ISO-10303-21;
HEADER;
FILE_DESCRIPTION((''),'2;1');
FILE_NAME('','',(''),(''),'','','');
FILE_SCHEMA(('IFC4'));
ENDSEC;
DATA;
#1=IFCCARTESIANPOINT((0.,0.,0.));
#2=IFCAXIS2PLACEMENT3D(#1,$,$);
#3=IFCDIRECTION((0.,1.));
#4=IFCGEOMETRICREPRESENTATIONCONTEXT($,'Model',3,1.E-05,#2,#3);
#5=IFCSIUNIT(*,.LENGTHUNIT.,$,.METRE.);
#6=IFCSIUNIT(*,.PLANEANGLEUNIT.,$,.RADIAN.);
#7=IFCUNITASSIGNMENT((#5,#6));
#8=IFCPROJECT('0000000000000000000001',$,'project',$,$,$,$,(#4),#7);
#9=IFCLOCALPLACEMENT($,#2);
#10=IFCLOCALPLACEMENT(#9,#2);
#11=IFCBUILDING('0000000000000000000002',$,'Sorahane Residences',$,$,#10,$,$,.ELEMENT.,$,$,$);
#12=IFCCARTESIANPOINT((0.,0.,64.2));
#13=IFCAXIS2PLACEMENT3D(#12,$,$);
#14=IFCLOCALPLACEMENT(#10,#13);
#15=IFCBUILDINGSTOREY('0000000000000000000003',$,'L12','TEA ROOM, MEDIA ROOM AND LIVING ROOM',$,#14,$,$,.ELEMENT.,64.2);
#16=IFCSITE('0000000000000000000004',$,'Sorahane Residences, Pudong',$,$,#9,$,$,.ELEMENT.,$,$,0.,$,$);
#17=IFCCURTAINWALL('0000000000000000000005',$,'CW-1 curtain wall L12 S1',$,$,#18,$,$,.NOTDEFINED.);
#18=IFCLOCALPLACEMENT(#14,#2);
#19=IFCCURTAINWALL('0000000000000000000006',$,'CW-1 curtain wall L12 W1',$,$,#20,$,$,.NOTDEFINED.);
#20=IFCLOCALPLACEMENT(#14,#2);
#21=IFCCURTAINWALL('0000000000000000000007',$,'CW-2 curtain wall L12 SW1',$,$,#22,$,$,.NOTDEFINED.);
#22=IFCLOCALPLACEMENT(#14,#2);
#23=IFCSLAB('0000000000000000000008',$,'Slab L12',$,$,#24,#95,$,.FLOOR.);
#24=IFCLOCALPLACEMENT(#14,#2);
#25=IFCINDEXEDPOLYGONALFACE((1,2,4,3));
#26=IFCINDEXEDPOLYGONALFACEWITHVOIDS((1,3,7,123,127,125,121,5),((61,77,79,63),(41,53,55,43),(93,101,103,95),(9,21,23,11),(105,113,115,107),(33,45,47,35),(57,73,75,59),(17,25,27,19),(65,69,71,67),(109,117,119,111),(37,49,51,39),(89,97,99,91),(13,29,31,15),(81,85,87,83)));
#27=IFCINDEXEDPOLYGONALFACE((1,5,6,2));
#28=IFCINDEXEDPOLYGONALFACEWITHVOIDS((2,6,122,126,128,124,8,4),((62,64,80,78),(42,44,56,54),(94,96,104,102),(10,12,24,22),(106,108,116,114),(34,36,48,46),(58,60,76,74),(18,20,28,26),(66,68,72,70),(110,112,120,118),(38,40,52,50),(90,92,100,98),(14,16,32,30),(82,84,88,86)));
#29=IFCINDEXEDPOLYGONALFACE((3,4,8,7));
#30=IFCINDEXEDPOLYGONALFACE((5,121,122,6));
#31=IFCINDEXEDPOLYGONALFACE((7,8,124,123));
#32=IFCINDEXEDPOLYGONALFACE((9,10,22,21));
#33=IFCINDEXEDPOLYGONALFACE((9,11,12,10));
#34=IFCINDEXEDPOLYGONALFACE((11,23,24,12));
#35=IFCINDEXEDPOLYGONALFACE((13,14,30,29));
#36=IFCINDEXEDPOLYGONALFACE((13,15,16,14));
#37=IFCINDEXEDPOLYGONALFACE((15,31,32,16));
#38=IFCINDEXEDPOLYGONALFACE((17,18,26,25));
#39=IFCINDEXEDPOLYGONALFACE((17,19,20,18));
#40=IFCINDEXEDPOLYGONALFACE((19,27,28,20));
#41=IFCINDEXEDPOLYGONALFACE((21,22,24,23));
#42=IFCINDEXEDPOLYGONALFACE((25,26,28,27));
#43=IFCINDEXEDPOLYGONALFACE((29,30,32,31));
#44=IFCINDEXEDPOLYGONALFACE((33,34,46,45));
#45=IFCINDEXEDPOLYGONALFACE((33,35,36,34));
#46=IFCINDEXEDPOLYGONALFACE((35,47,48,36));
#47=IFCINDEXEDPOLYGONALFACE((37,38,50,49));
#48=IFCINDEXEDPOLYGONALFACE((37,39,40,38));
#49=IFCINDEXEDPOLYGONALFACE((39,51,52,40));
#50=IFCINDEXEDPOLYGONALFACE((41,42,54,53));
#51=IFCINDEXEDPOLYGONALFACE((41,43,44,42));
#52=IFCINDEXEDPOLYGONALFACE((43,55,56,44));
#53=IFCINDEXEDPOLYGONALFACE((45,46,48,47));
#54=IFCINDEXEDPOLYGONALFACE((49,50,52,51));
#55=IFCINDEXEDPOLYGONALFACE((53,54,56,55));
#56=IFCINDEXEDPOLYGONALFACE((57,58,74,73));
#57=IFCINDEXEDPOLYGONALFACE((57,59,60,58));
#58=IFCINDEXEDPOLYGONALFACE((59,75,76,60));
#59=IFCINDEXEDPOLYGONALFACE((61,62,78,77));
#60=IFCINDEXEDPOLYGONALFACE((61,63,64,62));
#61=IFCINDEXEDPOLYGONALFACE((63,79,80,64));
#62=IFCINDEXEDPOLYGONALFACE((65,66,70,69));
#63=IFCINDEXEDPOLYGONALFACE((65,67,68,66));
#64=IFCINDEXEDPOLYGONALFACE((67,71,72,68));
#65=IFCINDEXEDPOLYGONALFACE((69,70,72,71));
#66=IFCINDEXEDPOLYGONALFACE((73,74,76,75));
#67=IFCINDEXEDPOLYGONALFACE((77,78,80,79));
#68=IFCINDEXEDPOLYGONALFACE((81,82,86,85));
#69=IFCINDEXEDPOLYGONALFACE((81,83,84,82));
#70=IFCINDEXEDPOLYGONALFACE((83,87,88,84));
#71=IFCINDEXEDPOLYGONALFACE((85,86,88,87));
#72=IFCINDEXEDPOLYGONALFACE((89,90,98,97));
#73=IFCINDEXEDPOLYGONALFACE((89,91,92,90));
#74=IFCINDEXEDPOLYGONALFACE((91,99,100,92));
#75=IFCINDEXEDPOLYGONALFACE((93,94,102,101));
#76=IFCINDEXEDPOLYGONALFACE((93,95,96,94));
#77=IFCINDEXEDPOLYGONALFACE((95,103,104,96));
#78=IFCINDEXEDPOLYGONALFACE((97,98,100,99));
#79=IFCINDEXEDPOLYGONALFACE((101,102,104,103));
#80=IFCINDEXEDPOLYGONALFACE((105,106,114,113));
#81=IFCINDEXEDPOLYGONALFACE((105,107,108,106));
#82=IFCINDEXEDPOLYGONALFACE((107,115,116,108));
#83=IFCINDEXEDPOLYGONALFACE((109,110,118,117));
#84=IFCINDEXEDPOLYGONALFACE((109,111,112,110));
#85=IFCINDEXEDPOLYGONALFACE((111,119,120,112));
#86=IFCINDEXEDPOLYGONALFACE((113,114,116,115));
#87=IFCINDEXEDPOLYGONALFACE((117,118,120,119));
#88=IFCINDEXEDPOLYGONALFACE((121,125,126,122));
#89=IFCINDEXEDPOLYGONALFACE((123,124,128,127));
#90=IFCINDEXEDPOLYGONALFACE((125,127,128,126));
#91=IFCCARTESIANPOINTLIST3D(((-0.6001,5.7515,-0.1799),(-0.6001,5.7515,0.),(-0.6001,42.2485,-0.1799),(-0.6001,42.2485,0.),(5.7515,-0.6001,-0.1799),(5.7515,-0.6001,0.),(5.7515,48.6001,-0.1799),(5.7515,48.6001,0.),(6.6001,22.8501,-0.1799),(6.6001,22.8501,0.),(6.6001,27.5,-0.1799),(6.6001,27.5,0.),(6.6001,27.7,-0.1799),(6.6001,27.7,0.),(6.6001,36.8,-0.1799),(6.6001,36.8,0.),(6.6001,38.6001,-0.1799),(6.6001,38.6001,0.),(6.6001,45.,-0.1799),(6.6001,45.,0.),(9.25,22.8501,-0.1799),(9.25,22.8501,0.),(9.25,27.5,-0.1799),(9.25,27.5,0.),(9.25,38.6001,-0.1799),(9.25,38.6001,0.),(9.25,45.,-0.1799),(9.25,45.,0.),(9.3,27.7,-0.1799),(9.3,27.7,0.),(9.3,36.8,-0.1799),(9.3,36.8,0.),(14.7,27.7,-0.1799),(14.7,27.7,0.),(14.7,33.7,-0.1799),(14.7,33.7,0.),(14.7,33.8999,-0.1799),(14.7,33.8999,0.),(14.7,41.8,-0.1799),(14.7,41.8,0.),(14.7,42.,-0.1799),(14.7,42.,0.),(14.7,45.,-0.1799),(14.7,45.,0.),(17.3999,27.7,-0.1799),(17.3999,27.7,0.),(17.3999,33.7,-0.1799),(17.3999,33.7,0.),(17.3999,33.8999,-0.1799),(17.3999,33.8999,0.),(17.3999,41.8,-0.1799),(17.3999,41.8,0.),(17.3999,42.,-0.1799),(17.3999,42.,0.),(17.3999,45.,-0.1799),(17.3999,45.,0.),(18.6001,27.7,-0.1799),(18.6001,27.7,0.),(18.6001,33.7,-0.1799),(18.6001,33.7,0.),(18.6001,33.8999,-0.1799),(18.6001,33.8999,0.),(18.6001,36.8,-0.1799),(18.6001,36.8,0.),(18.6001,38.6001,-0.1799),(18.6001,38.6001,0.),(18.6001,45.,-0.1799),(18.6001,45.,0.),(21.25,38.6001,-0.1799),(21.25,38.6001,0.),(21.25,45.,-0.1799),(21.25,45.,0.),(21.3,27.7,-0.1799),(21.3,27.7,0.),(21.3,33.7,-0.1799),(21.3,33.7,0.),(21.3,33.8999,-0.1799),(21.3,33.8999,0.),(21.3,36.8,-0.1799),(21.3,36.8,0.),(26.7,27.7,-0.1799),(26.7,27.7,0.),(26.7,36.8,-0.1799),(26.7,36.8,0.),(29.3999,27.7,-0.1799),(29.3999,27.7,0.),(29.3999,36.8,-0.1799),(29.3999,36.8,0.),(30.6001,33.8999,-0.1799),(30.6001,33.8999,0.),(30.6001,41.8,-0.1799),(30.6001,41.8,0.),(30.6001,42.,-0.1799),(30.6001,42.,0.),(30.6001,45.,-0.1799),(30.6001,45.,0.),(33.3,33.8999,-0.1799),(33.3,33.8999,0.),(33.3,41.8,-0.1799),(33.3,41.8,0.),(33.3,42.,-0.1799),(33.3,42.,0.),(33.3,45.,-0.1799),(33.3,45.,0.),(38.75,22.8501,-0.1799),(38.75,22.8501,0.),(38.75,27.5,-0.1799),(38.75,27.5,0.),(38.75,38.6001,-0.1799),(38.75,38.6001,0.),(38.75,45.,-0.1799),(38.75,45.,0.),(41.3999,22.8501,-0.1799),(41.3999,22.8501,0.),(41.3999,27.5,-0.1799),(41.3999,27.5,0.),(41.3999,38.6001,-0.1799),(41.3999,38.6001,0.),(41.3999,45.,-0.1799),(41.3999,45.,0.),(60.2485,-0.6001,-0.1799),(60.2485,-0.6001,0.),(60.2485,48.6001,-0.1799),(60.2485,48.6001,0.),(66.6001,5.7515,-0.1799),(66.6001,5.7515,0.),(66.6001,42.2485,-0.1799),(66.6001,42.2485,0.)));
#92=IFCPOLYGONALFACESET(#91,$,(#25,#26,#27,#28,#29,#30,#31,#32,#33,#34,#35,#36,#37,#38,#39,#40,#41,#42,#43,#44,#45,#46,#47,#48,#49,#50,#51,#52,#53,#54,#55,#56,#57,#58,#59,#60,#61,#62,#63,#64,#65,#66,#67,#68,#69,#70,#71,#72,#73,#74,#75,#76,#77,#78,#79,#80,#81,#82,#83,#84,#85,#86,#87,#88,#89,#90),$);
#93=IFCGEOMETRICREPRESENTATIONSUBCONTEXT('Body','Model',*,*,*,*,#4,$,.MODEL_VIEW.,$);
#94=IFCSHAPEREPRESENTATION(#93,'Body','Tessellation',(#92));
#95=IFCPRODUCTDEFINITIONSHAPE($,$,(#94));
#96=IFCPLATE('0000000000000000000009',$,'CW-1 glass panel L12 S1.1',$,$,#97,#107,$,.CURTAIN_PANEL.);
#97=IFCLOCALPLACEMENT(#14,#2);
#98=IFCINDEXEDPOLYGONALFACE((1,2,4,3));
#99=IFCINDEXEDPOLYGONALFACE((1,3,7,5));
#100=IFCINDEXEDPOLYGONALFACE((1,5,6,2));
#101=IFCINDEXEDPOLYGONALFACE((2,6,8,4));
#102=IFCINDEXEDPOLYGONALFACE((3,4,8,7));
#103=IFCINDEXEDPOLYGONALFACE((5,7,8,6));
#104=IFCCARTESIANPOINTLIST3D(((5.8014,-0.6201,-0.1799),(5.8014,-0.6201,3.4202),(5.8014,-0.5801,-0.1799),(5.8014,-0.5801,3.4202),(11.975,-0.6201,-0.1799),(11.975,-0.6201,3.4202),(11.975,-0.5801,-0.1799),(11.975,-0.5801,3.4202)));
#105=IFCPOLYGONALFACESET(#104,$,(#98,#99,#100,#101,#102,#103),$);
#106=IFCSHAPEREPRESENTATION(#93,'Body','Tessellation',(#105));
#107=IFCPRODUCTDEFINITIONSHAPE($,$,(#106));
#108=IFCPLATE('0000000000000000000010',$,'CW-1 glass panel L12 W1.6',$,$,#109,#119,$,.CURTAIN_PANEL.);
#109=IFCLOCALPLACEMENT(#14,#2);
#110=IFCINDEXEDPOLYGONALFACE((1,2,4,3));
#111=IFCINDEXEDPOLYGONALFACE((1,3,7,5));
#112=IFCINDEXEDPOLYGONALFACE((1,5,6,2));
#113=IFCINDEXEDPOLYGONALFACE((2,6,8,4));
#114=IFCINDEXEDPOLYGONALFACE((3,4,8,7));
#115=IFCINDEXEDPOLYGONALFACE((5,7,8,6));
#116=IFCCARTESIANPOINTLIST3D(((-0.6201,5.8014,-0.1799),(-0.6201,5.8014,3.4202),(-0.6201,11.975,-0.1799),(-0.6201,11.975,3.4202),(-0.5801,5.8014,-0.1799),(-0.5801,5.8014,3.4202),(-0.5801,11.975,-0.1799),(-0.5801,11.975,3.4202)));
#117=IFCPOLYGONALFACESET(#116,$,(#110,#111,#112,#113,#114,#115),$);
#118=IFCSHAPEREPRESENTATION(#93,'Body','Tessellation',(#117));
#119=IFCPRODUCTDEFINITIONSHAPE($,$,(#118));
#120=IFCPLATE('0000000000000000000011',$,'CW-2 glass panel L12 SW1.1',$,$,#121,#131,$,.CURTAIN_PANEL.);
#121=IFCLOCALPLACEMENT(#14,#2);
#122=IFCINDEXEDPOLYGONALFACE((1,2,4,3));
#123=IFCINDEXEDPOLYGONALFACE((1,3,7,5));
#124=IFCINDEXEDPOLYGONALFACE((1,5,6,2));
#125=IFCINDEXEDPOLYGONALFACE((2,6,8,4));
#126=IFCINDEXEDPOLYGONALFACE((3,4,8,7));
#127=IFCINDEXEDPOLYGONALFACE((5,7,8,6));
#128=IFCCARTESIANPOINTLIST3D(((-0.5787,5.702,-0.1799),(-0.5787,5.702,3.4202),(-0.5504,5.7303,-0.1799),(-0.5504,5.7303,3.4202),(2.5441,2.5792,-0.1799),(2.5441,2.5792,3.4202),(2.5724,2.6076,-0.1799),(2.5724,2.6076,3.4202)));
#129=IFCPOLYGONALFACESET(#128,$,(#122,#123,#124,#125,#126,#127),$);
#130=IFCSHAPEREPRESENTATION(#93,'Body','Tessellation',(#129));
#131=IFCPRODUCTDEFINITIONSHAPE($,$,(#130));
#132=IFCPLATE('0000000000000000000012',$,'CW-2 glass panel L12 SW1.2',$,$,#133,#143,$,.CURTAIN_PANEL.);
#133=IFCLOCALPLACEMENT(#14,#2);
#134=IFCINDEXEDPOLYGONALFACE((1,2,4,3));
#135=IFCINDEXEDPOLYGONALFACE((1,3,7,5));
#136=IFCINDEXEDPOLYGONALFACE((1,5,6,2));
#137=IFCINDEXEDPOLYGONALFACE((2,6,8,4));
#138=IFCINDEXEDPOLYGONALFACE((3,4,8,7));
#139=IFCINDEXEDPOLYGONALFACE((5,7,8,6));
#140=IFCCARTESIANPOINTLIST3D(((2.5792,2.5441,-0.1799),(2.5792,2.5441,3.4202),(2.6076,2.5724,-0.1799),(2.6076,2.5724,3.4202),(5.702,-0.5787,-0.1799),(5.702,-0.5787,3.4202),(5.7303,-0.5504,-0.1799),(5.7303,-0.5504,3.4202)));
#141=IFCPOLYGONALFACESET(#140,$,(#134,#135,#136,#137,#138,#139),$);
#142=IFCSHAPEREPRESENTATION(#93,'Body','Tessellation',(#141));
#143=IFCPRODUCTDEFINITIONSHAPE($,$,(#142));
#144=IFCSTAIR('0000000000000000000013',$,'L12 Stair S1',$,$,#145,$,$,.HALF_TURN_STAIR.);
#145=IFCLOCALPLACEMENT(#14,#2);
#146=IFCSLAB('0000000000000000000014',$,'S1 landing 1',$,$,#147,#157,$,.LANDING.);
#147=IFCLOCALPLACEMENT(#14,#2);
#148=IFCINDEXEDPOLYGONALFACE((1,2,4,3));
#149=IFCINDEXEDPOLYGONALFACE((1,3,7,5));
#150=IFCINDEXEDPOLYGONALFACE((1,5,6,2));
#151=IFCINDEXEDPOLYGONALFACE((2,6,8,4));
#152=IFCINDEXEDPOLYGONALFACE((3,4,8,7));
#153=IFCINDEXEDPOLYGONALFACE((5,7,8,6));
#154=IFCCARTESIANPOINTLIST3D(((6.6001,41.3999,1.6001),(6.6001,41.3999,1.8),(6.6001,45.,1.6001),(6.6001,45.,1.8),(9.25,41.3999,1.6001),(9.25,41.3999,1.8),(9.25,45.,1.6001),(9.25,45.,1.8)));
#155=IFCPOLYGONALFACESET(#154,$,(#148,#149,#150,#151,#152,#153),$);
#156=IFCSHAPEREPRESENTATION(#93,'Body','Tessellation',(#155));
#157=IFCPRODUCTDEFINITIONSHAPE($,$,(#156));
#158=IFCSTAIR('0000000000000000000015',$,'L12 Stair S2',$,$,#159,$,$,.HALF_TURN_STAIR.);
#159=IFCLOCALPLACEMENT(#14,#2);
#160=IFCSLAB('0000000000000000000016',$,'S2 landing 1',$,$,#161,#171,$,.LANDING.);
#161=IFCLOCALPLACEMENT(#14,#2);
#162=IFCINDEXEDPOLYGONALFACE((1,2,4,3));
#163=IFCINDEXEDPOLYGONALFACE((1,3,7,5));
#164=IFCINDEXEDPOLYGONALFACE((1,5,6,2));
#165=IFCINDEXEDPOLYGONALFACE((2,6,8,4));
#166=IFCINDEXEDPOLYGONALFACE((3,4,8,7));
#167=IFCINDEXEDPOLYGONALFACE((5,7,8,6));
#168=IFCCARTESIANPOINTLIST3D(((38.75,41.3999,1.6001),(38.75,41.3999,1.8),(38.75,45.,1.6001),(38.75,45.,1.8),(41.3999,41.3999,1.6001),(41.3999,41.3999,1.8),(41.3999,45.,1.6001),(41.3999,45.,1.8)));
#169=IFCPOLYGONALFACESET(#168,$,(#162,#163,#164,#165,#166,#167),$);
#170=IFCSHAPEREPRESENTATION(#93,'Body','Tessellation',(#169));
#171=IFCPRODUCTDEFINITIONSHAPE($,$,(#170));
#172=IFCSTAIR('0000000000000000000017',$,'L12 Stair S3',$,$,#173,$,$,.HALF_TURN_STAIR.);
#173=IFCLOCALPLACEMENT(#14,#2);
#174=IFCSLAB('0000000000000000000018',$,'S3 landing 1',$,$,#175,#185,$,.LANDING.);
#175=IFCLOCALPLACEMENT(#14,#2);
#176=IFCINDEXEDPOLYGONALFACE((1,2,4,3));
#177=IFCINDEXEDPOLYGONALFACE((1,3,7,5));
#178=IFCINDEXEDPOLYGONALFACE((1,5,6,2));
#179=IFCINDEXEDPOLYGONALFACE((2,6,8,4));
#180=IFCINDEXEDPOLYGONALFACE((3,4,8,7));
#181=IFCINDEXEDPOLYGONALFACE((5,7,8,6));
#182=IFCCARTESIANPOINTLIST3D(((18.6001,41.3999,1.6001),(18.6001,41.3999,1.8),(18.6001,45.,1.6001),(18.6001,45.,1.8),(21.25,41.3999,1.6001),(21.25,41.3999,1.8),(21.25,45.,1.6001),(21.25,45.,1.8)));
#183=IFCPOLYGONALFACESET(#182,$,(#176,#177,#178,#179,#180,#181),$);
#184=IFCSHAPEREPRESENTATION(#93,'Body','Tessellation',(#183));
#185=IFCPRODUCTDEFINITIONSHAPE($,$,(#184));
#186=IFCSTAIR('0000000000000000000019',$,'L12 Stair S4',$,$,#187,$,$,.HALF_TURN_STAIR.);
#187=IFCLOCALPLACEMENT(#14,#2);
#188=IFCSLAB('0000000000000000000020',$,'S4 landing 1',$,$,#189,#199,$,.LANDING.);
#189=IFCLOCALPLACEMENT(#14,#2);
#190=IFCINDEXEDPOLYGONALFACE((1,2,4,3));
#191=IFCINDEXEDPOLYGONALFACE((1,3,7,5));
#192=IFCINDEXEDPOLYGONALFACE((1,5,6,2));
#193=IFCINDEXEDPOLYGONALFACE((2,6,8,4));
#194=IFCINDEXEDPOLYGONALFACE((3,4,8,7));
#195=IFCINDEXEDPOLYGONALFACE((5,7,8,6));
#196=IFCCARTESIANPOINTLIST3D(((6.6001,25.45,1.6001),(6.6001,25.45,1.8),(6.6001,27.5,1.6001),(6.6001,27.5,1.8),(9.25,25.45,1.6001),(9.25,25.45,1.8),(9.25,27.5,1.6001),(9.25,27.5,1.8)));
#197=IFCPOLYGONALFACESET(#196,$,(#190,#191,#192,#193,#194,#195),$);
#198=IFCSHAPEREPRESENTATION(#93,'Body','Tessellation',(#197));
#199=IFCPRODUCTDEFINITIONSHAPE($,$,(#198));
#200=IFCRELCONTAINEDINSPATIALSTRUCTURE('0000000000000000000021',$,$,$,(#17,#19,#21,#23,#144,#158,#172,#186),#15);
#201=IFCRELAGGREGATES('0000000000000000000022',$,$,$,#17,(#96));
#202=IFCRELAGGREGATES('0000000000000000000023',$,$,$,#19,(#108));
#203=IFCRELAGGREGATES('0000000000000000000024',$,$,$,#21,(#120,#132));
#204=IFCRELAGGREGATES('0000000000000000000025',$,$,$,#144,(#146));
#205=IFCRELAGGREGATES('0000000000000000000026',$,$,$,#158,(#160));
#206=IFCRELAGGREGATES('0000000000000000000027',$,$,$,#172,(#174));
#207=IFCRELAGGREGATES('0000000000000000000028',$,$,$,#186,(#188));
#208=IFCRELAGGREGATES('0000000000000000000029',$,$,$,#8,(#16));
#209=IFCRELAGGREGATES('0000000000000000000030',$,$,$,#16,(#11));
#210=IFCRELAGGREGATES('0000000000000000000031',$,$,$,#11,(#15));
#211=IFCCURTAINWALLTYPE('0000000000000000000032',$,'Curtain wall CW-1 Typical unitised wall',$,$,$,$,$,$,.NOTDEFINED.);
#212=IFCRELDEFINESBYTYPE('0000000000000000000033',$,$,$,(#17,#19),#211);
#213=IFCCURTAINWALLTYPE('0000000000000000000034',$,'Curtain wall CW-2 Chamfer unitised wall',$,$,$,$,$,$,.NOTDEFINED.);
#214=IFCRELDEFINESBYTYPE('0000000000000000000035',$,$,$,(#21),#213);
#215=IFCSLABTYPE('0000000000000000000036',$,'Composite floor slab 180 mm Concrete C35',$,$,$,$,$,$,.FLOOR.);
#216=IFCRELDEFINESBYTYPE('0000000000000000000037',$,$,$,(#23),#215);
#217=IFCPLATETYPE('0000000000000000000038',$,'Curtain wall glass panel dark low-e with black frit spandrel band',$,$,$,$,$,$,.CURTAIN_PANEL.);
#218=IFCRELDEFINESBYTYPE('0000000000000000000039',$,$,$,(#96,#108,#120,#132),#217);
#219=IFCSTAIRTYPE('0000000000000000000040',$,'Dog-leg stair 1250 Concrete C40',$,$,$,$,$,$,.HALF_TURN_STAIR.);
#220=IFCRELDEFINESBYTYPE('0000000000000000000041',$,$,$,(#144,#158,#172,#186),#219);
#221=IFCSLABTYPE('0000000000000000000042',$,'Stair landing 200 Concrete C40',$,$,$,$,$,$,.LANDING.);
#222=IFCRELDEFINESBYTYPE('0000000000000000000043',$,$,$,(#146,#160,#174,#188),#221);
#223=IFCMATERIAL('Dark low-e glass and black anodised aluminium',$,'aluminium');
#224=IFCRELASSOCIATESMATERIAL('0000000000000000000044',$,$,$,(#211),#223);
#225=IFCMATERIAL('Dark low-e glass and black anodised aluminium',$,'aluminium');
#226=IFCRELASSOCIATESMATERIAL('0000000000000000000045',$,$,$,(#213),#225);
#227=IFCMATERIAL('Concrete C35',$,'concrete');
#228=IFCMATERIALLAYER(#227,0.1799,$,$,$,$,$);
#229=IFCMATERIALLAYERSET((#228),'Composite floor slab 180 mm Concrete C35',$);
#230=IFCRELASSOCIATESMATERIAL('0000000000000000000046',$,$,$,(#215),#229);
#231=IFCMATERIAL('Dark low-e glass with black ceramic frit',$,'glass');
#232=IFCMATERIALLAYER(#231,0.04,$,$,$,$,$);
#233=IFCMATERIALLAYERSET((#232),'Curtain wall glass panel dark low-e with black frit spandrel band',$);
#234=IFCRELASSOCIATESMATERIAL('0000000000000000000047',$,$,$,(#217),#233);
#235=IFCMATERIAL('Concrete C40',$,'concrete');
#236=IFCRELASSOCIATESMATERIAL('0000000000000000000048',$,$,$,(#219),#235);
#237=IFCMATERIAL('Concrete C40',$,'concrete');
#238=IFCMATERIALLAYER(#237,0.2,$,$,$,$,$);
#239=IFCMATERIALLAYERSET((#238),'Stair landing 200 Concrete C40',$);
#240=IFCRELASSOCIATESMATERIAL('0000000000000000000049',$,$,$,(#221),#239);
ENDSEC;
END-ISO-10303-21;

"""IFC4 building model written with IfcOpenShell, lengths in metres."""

from ifc_helpers import new_model, si_unit, direction, frame, origin, origin_2d, place, context, subcontext, project, spatial, polyline, rectangle, outline, extrude, material, layer, layer_set, type_object, element, aggregate, save


model = new_model("IFC4")

# Units and contexts
model_context = context("Model", 3, precision=1e-05, world=origin(), true_north=direction((0.0, 1.0)))
body_context = subcontext(model_context, "Body", "Model", "MODEL_VIEW")
ifc_project = project(units=[si_unit("LENGTHUNIT", "METRE"), si_unit("PLANEANGLEUNIT", "RADIAN")], contexts=[model_context])

# Site, building, storey
site_placement = place(None, origin())
site = spatial("IfcSite", under=ifc_project, at=site_placement, Name="Sorahane Residences, Pudong", CompositionType="ELEMENT", RefElevation=0.0)
building_placement = place(site_placement, origin())
building = spatial("IfcBuilding", under=site, at=building_placement, Name="Sorahane Residences", CompositionType="ELEMENT")
storey_placement = place(building_placement, frame((0.0, 0.0, 64.2)))
storey = spatial("IfcBuildingStorey", under=building, at=storey_placement, Name="L12", Description="TEA ROOM, MEDIA ROOM AND LIVING ROOM", CompositionType="ELEMENT", Elevation=64.2)

# Curtain walls
ifc_material_1 = material(Name="Dark low-e glass and black anodised aluminium", Category="aluminium")
curtain_wall_type_1 = type_object("IfcCurtainWallType", Name="Curtain wall CW-1 Typical unitised wall", PredefinedType="NOTDEFINED", material=ifc_material_1)
curtain_wall_1_placement = place(storey_placement, origin())
curtain_wall_1 = element("IfcCurtainWall", 1, at=curtain_wall_1_placement, inside=storey, type_object=curtain_wall_type_1, Name="CW-1 curtain wall L12 S1", PredefinedType="NOTDEFINED")
curtain_wall_2_placement = place(storey_placement, origin())
curtain_wall_2 = element("IfcCurtainWall", 2, at=curtain_wall_2_placement, inside=storey, type_object=curtain_wall_type_1, Name="CW-1 curtain wall L12 W1", PredefinedType="NOTDEFINED")

# Curtain wall
ifc_material_2 = material(Name="Dark low-e glass and black anodised aluminium", Category="aluminium")
curtain_wall_type_2 = type_object("IfcCurtainWallType", Name="Curtain wall CW-2 Chamfer unitised wall", PredefinedType="NOTDEFINED", material=ifc_material_2)
curtain_wall_3_placement = place(storey_placement, origin())
curtain_wall_3 = element("IfcCurtainWall", 3, at=curtain_wall_3_placement, inside=storey, type_object=curtain_wall_type_2, Name="CW-2 curtain wall L12 SW1", PredefinedType="NOTDEFINED")

# Slab
ifc_material_3 = material(Name="Concrete C35", Category="concrete")
ifc_layer_1 = layer(ifc_material_3, 0.1799)
ifc_layer_set_1 = layer_set([ifc_layer_1], Name="Composite floor slab 180 mm Concrete C35")
slab_type_1 = type_object("IfcSlabType", Name="Composite floor slab 180 mm Concrete C35", PredefinedType="FLOOR", material=ifc_layer_set_1)
slab_1_placement = place(storey_placement, frame((0.0, 0.0, -0.1799)))
element("IfcSlab", 4, at=slab_1_placement, inside=storey, type_object=slab_type_1, Name="Slab L12", PredefinedType="FLOOR", context=body_context, shape_type="SweptSolid", body=[
    extrude(outline(polyline([(5.7515, -0.6001), (-0.6001, 5.7515), (-0.6001, 42.2485), (5.7515, 48.6001), (60.2485, 48.6001), (66.6001, 42.2485), (66.6001, 5.7515), (60.2485, -0.6001), (5.7515, -0.6001)]), holes=[polyline([(18.6001, 27.7), (21.3, 27.7), (21.3, 33.7), (18.6001, 33.7), (18.6001, 27.7)]), polyline([(30.6001, 42.0), (33.3, 42.0), (33.3, 45.0), (30.6001, 45.0), (30.6001, 42.0)]), polyline([(14.7, 27.7), (17.3999, 27.7), (17.3999, 33.7), (14.7, 33.7), (14.7, 27.7)]), polyline([(14.7, 42.0), (17.3999, 42.0), (17.3999, 45.0), (14.7, 45.0), (14.7, 42.0)]), polyline([(6.6001, 27.7), (9.3, 27.7), (9.3, 36.8), (6.6001, 36.8), (6.6001, 27.7)]), polyline([(9.25, 38.6001), (9.25, 45.0), (6.6001, 45.0), (6.6001, 38.6001), (9.25, 38.6001)]), polyline([(41.3999, 38.6001), (41.3999, 45.0), (38.75, 45.0), (38.75, 38.6001), (41.3999, 38.6001)]), polyline([(21.25, 38.6001), (21.25, 45.0), (18.6001, 45.0), (18.6001, 38.6001), (21.25, 38.6001)]), polyline([(9.25, 22.8501), (9.25, 27.5), (6.6001, 27.5), (6.6001, 22.8501), (9.25, 22.8501)]), polyline([(41.3999, 22.8501), (41.3999, 27.5), (38.75, 27.5), (38.75, 22.8501), (41.3999, 22.8501)]), polyline([(14.7, 33.8999), (17.3999, 33.8999), (17.3999, 41.8), (14.7, 41.8), (14.7, 33.8999)]), polyline([(30.6001, 33.8999), (33.3, 33.8999), (33.3, 41.8), (30.6001, 41.8), (30.6001, 33.8999)]), polyline([(18.6001, 33.8999), (21.3, 33.8999), (21.3, 36.8), (18.6001, 36.8), (18.6001, 33.8999)]), polyline([(26.7, 27.7), (29.3999, 27.7), (29.3999, 36.8), (26.7, 36.8), (26.7, 27.7)])]), origin(), (0.0, 0.0, 1.0), 0.1799),
])

# Plates
ifc_material_4 = material(Name="Dark low-e glass with black ceramic frit", Category="glass")
ifc_layer_2 = layer(ifc_material_4, 0.04)
ifc_layer_set_2 = layer_set([ifc_layer_2], Name="Curtain wall glass panel dark low-e with black frit spandrel band")
plate_type = type_object("IfcPlateType", Name="Curtain wall glass panel dark low-e with black frit spandrel band", PredefinedType="CURTAIN_PANEL", material=ifc_layer_set_2)
plate_1_placement = place(storey_placement, frame((8.8882, -0.6001, -0.1799), z_axis=(0.0, 0.0, 1.0), x_axis=(1.0, 0.0, 0.0)))
plate_1 = element("IfcPlate", 5, at=plate_1_placement, type_object=plate_type, Name="CW-1 glass panel L12 S1.1", PredefinedType="CURTAIN_PANEL", context=body_context, shape_type="SweptSolid", body=[
    extrude(rectangle(XDim=6.1736, YDim=0.04, at=origin_2d()), origin(), (0.0, 0.0, 1.0), 3.6001),
])
aggregate(curtain_wall_1, [plate_1])
plate_2_placement = place(storey_placement, frame((-0.6001, 8.8882, -0.1799), z_axis=(0.0, 0.0, 1.0), x_axis=(0.0, -1.0, 0.0)))
plate_2 = element("IfcPlate", 6, at=plate_2_placement, type_object=plate_type, Name="CW-1 glass panel L12 W1.6", PredefinedType="CURTAIN_PANEL", context=body_context, shape_type="SweptSolid", body=[
    extrude(rectangle(XDim=6.1736, YDim=0.04, at=origin_2d()), origin(), (0.0, 0.0, 1.0), 3.6001),
])
aggregate(curtain_wall_2, [plate_2])
plate_3_placement = place(storey_placement, frame((0.9968, 4.1548, -0.1799), z_axis=(0.0, 0.0, 1.0), x_axis=(0.707107, -0.707107, 0.0)))
plate_3 = element("IfcPlate", 7, at=plate_3_placement, type_object=plate_type, Name="CW-2 glass panel L12 SW1.1", PredefinedType="CURTAIN_PANEL", context=body_context, shape_type="SweptSolid", body=[
    extrude(rectangle(XDim=4.4163, YDim=0.04, at=origin_2d()), origin(), (0.0, 0.0, 1.0), 3.6001),
])
plate_4_placement = place(storey_placement, frame((4.1548, 0.9968, -0.1799), z_axis=(0.0, 0.0, 1.0), x_axis=(0.707107, -0.707107, 0.0)))
plate_4 = element("IfcPlate", 8, at=plate_4_placement, type_object=plate_type, Name="CW-2 glass panel L12 SW1.2", PredefinedType="CURTAIN_PANEL", context=body_context, shape_type="SweptSolid", body=[
    extrude(rectangle(XDim=4.4163, YDim=0.04, at=origin_2d()), origin(), (0.0, 0.0, 1.0), 3.6001),
])
aggregate(curtain_wall_3, [plate_3, plate_4])

# Stairs, slabs
ifc_material_5 = material(Name="Concrete C40", Category="concrete")
stair_type = type_object("IfcStairType", Name="Dog-leg stair 1250 Concrete C40", PredefinedType="HALF_TURN_STAIR", material=ifc_material_5)
stair_1_placement = place(storey_placement, origin())
stair_1 = element("IfcStair", 9, at=stair_1_placement, inside=storey, type_object=stair_type, Name="L12 Stair S1", PredefinedType="HALF_TURN_STAIR")
ifc_material_6 = material(Name="Concrete C40", Category="concrete")
ifc_layer_3 = layer(ifc_material_6, 0.2)
ifc_layer_set_3 = layer_set([ifc_layer_3], Name="Stair landing 200 Concrete C40")
slab_type_2 = type_object("IfcSlabType", Name="Stair landing 200 Concrete C40", PredefinedType="LANDING", material=ifc_layer_set_3)
slab_2_placement = place(storey_placement, frame((0.0, 0.0, 1.6001)))
slab_2 = element("IfcSlab", 10, at=slab_2_placement, type_object=slab_type_2, Name="S1 landing 1", PredefinedType="LANDING", context=body_context, shape_type="SweptSolid", body=[
    extrude(outline(polyline([(9.25, 41.3999), (9.25, 45.0), (6.6001, 45.0), (6.6001, 41.3999), (9.25, 41.3999)])), origin(), (0.0, 0.0, 1.0), 0.2),
])
aggregate(stair_1, [slab_2])
stair_2_placement = place(storey_placement, origin())
stair_2 = element("IfcStair", 11, at=stair_2_placement, inside=storey, type_object=stair_type, Name="L12 Stair S2", PredefinedType="HALF_TURN_STAIR")
slab_3_placement = place(storey_placement, frame((0.0, 0.0, 1.6001)))
slab_3 = element("IfcSlab", 12, at=slab_3_placement, type_object=slab_type_2, Name="S2 landing 1", PredefinedType="LANDING", context=body_context, shape_type="SweptSolid", body=[
    extrude(outline(polyline([(41.3999, 41.3999), (41.3999, 45.0), (38.75, 45.0), (38.75, 41.3999), (41.3999, 41.3999)])), origin(), (0.0, 0.0, 1.0), 0.2),
])
aggregate(stair_2, [slab_3])
stair_3_placement = place(storey_placement, origin())
stair_3 = element("IfcStair", 13, at=stair_3_placement, inside=storey, type_object=stair_type, Name="L12 Stair S3", PredefinedType="HALF_TURN_STAIR")
slab_4_placement = place(storey_placement, frame((0.0, 0.0, 1.6001)))
slab_4 = element("IfcSlab", 14, at=slab_4_placement, type_object=slab_type_2, Name="S3 landing 1", PredefinedType="LANDING", context=body_context, shape_type="SweptSolid", body=[
    extrude(outline(polyline([(21.25, 41.3999), (21.25, 45.0), (18.6001, 45.0), (18.6001, 41.3999), (21.25, 41.3999)])), origin(), (0.0, 0.0, 1.0), 0.2),
])
aggregate(stair_3, [slab_4])
stair_4_placement = place(storey_placement, origin())
stair_4 = element("IfcStair", 15, at=stair_4_placement, inside=storey, type_object=stair_type, Name="L12 Stair S4", PredefinedType="HALF_TURN_STAIR")
slab_5_placement = place(storey_placement, frame((0.0, 0.0, 1.6001)))
slab_5 = element("IfcSlab", 16, at=slab_5_placement, type_object=slab_type_2, Name="S4 landing 1", PredefinedType="LANDING", context=body_context, shape_type="SweptSolid", body=[
    extrude(outline(polyline([(9.25, 25.45), (9.25, 27.5), (6.6001, 27.5), (6.6001, 25.45), (9.25, 25.45)])), origin(), (0.0, 0.0, 1.0), 0.2),
])
aggregate(stair_4, [slab_5])

save(model, "model.ifc")
